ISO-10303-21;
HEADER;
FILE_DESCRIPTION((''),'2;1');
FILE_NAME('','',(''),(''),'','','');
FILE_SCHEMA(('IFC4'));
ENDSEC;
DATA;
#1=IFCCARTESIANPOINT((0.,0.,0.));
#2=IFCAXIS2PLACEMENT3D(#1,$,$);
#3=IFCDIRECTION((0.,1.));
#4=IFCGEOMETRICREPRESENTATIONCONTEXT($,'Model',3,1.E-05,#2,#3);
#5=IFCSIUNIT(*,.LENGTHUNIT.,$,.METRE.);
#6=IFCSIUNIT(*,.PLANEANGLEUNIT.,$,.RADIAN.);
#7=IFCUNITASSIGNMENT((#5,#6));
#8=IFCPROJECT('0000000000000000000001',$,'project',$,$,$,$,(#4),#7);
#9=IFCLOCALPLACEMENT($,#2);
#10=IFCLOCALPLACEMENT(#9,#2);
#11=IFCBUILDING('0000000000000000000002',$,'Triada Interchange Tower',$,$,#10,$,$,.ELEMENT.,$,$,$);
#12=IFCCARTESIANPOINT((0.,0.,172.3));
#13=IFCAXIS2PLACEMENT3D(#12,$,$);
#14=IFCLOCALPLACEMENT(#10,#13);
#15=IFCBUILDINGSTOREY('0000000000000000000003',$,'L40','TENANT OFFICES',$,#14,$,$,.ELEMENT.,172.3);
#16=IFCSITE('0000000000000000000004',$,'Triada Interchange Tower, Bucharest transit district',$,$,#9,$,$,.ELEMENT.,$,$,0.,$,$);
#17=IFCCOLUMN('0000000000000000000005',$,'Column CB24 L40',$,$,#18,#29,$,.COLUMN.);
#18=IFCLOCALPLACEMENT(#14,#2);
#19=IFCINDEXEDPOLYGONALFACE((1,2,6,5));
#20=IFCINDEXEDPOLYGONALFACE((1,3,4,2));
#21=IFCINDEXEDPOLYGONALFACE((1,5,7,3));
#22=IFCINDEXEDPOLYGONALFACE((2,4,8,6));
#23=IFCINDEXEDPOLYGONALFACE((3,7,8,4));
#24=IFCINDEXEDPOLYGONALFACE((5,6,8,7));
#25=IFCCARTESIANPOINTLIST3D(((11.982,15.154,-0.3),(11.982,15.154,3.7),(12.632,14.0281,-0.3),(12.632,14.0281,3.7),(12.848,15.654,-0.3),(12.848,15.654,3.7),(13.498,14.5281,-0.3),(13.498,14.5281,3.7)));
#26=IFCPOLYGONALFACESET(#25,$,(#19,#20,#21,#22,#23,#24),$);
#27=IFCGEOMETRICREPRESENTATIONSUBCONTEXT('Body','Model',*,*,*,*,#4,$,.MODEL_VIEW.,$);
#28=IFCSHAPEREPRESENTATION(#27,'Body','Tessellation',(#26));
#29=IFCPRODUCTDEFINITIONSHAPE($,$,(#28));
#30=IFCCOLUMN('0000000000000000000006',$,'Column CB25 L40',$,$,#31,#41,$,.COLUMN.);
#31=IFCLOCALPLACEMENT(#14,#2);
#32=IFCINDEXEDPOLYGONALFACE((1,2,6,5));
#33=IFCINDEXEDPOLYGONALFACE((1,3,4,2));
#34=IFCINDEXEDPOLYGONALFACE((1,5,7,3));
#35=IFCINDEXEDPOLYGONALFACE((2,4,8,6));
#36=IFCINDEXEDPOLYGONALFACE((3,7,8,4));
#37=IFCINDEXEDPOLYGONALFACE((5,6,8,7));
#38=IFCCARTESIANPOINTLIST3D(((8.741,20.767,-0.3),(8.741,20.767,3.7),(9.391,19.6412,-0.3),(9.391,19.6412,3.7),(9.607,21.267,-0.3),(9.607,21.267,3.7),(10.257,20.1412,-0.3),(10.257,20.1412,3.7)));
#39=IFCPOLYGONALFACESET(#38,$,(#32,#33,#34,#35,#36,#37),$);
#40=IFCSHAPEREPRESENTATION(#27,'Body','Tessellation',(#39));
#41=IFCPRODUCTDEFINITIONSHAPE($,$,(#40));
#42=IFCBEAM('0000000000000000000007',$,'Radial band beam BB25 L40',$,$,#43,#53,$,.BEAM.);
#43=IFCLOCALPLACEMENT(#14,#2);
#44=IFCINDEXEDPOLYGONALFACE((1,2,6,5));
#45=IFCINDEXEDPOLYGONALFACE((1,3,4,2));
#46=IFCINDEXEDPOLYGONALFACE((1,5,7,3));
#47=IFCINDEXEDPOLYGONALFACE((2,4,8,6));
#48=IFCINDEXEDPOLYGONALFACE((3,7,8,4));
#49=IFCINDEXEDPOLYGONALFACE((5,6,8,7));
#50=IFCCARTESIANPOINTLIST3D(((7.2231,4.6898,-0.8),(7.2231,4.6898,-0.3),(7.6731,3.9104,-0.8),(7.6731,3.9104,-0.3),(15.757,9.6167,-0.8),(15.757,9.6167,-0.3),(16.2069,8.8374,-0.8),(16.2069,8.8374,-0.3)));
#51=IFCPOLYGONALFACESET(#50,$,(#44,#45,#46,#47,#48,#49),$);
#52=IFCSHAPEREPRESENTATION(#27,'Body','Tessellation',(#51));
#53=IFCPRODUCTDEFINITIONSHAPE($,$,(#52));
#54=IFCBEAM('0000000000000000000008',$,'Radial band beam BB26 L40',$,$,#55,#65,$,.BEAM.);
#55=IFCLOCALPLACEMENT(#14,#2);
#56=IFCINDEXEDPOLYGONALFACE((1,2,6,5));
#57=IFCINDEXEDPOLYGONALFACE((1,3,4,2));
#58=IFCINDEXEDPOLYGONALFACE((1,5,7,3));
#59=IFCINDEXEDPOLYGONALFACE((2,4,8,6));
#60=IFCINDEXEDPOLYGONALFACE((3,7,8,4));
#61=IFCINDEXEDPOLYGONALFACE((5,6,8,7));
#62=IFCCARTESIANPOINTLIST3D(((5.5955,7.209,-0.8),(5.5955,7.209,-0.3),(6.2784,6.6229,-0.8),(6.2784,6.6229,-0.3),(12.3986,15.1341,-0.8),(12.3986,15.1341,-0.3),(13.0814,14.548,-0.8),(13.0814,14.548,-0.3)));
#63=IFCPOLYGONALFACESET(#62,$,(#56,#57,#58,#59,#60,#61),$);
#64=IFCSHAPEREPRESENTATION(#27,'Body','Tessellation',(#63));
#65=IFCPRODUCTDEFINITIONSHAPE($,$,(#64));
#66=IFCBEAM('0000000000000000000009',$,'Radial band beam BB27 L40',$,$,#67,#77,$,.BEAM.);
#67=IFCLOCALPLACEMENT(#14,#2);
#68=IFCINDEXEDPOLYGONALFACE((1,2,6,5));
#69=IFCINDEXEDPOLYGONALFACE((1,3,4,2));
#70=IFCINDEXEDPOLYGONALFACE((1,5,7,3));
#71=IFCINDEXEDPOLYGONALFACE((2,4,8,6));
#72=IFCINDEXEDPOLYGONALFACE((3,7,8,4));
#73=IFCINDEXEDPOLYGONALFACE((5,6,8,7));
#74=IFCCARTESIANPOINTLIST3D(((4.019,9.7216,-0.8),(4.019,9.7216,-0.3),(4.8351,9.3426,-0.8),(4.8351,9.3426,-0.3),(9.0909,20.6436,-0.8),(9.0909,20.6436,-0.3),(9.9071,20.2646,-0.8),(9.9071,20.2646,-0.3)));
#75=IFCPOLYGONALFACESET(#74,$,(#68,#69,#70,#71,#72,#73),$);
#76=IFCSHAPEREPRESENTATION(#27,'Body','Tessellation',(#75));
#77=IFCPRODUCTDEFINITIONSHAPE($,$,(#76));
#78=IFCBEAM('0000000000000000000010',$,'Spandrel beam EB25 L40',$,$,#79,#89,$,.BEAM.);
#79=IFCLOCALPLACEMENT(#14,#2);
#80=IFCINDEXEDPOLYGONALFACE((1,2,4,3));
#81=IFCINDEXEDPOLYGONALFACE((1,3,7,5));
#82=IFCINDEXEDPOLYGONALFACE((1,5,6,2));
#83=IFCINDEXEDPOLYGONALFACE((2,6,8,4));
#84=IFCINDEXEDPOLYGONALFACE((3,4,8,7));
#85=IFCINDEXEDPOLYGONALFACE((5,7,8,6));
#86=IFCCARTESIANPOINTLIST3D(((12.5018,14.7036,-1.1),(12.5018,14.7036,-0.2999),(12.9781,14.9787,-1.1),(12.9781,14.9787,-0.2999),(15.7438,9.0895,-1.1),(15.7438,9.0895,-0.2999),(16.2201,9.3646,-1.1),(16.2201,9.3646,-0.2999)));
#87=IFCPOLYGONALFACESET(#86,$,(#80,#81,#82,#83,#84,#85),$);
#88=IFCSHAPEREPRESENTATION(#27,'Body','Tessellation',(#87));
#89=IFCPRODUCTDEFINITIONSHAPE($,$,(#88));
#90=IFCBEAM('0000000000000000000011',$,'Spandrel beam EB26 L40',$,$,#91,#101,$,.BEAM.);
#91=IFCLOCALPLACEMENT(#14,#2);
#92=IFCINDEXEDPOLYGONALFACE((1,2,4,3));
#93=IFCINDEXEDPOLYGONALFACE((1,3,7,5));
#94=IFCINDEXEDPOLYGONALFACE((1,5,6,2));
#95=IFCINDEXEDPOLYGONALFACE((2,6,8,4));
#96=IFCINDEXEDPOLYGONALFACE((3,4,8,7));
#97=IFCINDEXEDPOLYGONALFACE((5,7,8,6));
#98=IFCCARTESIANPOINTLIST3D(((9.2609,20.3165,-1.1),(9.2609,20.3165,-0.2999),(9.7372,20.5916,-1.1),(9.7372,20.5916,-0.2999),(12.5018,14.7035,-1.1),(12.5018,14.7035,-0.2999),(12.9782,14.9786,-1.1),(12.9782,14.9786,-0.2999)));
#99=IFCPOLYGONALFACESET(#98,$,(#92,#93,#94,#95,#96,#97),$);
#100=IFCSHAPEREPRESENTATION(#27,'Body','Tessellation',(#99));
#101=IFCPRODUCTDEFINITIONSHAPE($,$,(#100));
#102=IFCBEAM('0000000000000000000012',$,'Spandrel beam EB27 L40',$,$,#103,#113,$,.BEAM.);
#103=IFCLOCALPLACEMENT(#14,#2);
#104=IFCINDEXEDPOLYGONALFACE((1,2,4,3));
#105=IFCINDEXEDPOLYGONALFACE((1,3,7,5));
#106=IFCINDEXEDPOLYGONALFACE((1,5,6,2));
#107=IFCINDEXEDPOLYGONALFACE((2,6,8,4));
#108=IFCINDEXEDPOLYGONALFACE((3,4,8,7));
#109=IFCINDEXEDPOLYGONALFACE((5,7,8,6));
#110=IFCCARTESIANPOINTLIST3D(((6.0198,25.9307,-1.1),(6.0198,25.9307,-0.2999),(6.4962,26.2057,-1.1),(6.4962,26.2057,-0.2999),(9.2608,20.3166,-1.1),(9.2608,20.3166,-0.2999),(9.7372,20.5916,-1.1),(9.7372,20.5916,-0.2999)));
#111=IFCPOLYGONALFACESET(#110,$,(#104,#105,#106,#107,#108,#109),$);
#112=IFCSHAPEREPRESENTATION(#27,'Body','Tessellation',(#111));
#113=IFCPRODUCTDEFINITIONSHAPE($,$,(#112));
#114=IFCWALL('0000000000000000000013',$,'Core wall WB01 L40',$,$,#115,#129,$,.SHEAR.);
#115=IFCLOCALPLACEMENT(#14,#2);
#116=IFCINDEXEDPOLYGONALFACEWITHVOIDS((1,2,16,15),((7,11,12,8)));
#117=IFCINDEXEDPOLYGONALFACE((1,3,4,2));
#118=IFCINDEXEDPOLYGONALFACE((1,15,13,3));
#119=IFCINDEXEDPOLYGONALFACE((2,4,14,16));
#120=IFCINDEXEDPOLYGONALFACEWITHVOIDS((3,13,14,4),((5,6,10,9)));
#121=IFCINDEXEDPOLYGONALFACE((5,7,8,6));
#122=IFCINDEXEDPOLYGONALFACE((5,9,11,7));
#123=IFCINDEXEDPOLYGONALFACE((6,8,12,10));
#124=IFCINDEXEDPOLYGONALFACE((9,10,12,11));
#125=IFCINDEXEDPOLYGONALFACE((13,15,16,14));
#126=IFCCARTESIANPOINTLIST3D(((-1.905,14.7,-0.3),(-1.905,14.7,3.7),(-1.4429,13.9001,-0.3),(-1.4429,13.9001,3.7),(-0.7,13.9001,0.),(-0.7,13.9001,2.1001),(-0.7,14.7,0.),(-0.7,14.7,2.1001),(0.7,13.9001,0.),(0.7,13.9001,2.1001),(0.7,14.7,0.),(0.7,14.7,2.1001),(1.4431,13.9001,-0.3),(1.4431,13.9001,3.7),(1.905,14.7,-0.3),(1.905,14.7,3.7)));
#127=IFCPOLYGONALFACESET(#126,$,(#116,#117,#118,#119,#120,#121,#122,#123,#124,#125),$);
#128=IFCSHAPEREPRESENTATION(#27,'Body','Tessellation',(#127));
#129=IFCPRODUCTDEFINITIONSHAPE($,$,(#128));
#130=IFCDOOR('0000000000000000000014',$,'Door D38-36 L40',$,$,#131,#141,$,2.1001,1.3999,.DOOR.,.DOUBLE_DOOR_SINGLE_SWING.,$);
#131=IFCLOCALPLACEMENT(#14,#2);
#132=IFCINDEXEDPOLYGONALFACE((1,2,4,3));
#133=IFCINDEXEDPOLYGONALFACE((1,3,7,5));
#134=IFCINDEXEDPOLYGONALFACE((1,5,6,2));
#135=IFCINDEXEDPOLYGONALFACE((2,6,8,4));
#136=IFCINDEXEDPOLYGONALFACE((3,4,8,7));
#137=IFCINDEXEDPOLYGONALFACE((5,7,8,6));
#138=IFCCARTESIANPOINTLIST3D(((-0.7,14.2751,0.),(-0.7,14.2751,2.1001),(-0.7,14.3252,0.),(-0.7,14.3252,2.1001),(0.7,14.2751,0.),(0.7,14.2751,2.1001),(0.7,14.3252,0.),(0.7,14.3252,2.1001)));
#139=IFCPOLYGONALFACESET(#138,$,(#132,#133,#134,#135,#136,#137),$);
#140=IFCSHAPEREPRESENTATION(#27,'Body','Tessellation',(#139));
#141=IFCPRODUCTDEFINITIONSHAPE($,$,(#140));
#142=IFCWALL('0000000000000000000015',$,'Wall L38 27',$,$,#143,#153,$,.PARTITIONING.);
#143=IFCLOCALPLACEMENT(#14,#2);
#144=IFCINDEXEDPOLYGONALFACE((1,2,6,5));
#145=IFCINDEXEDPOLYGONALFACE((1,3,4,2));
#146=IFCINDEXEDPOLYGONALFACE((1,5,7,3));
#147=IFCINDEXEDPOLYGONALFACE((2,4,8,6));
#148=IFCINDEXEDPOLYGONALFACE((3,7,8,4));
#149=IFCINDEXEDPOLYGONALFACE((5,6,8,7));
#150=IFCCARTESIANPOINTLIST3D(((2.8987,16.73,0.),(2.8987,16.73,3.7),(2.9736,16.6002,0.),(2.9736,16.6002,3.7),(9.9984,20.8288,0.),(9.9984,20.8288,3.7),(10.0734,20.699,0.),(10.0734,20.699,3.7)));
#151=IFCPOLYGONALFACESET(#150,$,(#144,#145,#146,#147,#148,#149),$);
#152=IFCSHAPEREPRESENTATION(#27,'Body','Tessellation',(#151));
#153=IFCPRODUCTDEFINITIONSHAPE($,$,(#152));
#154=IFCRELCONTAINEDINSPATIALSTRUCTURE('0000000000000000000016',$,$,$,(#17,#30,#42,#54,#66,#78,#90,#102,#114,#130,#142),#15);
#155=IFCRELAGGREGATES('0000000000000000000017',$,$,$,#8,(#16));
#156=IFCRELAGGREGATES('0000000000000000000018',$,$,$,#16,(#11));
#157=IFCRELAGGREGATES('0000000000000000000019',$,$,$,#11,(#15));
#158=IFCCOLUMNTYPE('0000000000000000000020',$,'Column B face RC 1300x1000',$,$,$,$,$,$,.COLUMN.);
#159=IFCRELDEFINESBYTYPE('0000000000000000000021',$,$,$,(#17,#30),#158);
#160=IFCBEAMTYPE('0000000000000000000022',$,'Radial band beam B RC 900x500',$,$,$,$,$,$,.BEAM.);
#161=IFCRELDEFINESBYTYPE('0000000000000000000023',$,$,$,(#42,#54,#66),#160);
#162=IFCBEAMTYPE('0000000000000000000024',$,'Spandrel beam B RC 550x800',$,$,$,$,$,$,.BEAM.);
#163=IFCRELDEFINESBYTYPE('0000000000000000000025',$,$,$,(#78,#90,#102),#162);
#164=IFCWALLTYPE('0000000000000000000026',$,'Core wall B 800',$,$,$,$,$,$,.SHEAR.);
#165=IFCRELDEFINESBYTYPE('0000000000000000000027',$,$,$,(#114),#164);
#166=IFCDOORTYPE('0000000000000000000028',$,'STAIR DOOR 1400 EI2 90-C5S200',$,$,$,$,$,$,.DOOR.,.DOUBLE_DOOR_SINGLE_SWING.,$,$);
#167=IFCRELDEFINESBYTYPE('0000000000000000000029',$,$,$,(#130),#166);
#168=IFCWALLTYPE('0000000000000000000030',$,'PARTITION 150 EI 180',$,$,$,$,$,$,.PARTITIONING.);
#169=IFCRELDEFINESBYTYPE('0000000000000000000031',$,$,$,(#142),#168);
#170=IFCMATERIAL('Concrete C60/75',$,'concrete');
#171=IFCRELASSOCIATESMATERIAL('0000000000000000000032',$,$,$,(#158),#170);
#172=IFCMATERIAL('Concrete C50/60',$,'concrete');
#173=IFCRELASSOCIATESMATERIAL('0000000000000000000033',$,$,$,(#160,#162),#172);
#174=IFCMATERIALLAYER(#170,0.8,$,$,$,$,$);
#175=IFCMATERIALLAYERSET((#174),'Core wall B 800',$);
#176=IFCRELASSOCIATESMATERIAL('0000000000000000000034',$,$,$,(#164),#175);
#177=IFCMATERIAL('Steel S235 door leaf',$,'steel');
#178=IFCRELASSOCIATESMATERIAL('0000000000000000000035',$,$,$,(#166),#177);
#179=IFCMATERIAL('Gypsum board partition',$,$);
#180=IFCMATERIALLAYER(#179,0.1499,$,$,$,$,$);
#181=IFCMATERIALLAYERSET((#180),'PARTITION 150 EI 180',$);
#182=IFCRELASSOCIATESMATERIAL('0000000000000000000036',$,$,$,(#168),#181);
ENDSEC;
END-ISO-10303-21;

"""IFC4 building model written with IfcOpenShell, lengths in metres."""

from ifc_helpers import new_model, si_unit, direction, frame, frame_2d, origin, origin_2d, place, context, subcontext, project, spatial, polyline, rectangle, outline, extrude, material, layer, layer_set, material_profile, profile_set, type_object, element, fill, save


model = new_model("IFC4")

# Units and contexts
model_context = context("Model", 3, precision=1e-05, world=origin(), true_north=direction((0.0, 1.0)))
body_context = subcontext(model_context, "Body", "Model", "MODEL_VIEW")
ifc_project = project(units=[si_unit("LENGTHUNIT", "METRE"), si_unit("PLANEANGLEUNIT", "RADIAN")], contexts=[model_context])

# Site, building, storey
site_placement = place(None, origin())
site = spatial("IfcSite", under=ifc_project, at=site_placement, Name="Triada Interchange Tower, Bucharest transit district", CompositionType="ELEMENT", RefElevation=0.0)
building_placement = place(site_placement, origin())
building = spatial("IfcBuilding", under=site, at=building_placement, Name="Triada Interchange Tower", CompositionType="ELEMENT")
storey_placement = place(building_placement, frame((0.0, 0.0, 172.3)))
storey = spatial("IfcBuildingStorey", under=building, at=storey_placement, Name="L40", Description="TENANT OFFICES", CompositionType="ELEMENT", Elevation=172.3)

# Columns
ifc_material_1 = material(Name="Concrete C60/75", Category="concrete")
ifc_material_profile_1 = material_profile(ifc_material_1, rectangle(XDim=1.3, YDim=1.0, at=origin_2d()), Name="RC 1300x1000")
ifc_profile_set_1 = profile_set([ifc_material_profile_1], Name="Concrete C60/75")
column_type = type_object("IfcColumnType", Name="Column B face RC 1300x1000", PredefinedType="COLUMN", material=ifc_profile_set_1)
for number, where, z_axis, x_axis, name in (
    (1, (12.74, 14.8411, -0.3), (0.0, 0.0, 1.0), (-0.5, 0.866025, 0.0), "Column CB24 L40"),
    (2, (9.499, 20.4541, -0.3), (0.0, 0.0, 1.0), (-0.5, 0.866025, 0.0), "Column CB25 L40"),
):
    element("IfcColumn", number, at=place(storey_placement, frame(where, z_axis=z_axis, x_axis=x_axis)), inside=storey, type_object=column_type, Name=name, PredefinedType="COLUMN", context=body_context, shape_type="SweptSolid", body=[
        extrude(rectangle(XDim=1.3, YDim=1.0, at=origin_2d()), origin(), (0.0, 0.0, 1.0), 4.0),
    ])

# Beams
ifc_material_2 = material(Name="Concrete C50/60", Category="concrete")
ifc_material_profile_2 = material_profile(ifc_material_2, rectangle(XDim=0.8999, YDim=0.5, at=origin_2d()), Name="RC 900x500")
ifc_profile_set_2 = profile_set([ifc_material_profile_2], Name="Concrete C50/60")
beam_type_1 = type_object("IfcBeamType", Name="Radial band beam B RC 900x500", PredefinedType="BEAM", material=ifc_profile_set_2)
beam_1_placement = place(storey_placement, frame((15.9819, 9.2271, -0.55), z_axis=(-0.866028, -0.499995, 0.0), x_axis=(0.499995, -0.866028, 0.0)))
element("IfcBeam", 3, at=beam_1_placement, inside=storey, type_object=beam_type_1, Name="Radial band beam BB25 L40", PredefinedType="BEAM", context=body_context, shape_type="SweptSolid", body=[
    extrude(rectangle(XDim=0.8999, YDim=0.5, at=origin_2d()), origin(), (0.0, 0.0, 1.0), 9.854),
])
beam_2_placement = place(storey_placement, frame((12.74, 14.8411, -0.55), z_axis=(-0.651348, -0.75878, 0.0), x_axis=(0.75878, -0.651348, 0.0)))
element("IfcBeam", 4, at=beam_2_placement, inside=storey, type_object=beam_type_1, Name="Radial band beam BB26 L40", PredefinedType="BEAM", context=body_context, shape_type="SweptSolid", body=[
    extrude(rectangle(XDim=0.8999, YDim=0.5, at=origin_2d()), origin(), (0.0, 0.0, 1.0), 10.4446),
])
beam_3_placement = place(storey_placement, frame((9.499, 20.4541, -0.55), z_axis=(-0.421182, -0.906976, 0.0), x_axis=(0.906976, -0.421182, 0.0)))
element("IfcBeam", 5, at=beam_3_placement, inside=storey, type_object=beam_type_1, Name="Radial band beam BB27 L40", PredefinedType="BEAM", context=body_context, shape_type="SweptSolid", body=[
    extrude(rectangle(XDim=0.8999, YDim=0.5, at=origin_2d()), origin(), (0.0, 0.0, 1.0), 12.0422),
])
ifc_material_profile_3 = material_profile(ifc_material_2, rectangle(XDim=0.55, YDim=0.8, at=origin_2d()), Name="RC 550x800")
ifc_profile_set_3 = profile_set([ifc_material_profile_3], Name="Concrete C50/60")
beam_type_2 = type_object("IfcBeamType", Name="Spandrel beam B RC 550x800", PredefinedType="BEAM", material=ifc_profile_set_3)
beam_4_placement = place(storey_placement, frame((15.9819, 9.2271, -0.7), z_axis=(-0.50008, 0.865979, 0.0), x_axis=(-0.865979, -0.50008, 0.0)))
element("IfcBeam", 6, at=beam_4_placement, inside=storey, type_object=beam_type_2, Name="Spandrel beam EB25 L40", PredefinedType="BEAM", context=body_context, shape_type="SweptSolid", body=[
    extrude(rectangle(XDim=0.55, YDim=0.8, at=origin_2d()), origin(), (0.0, 0.0, 1.0), 6.4829),
])
beam_5_placement = place(storey_placement, frame((12.74, 14.8411, -0.7), z_axis=(-0.500032, 0.866007, 0.0), x_axis=(-0.866007, -0.500032, 0.0)))
element("IfcBeam", 7, at=beam_5_placement, inside=storey, type_object=beam_type_2, Name="Spandrel beam EB26 L40", PredefinedType="BEAM", context=body_context, shape_type="SweptSolid", body=[
    extrude(rectangle(XDim=0.55, YDim=0.8, at=origin_2d()), origin(), (0.0, 0.0, 1.0), 6.4814),
])
beam_6_placement = place(storey_placement, frame((9.499, 20.4541, -0.7), z_axis=(-0.499967, 0.866044, 0.0), x_axis=(-0.866044, -0.499967, 0.0)))
element("IfcBeam", 8, at=beam_6_placement, inside=storey, type_object=beam_type_2, Name="Spandrel beam EB27 L40", PredefinedType="BEAM", context=body_context, shape_type="SweptSolid", body=[
    extrude(rectangle(XDim=0.55, YDim=0.8, at=origin_2d()), origin(), (0.0, 0.0, 1.0), 6.4824),
])

# Wall, opening, door
ifc_layer_1 = layer(ifc_material_1, 0.8)
ifc_layer_set_1 = layer_set([ifc_layer_1], Name="Core wall B 800")
wall_type_1 = type_object("IfcWallType", Name="Core wall B 800", PredefinedType="SHEAR", material=ifc_layer_set_1)
wall_1_placement = place(storey_placement, frame((1.6741, 14.3, -0.3), z_axis=(0.0, 0.0, 1.0), x_axis=(-1.0, 0.0, 0.0)))
wall_1 = element("IfcWall", 9, at=wall_1_placement, inside=storey, type_object=wall_type_1, Name="Core wall WB01 L40", PredefinedType="SHEAR", context=body_context, shape_type="SweptSolid", body=[
    extrude(outline(polyline([(-0.231, -0.3999), (1.6741, -0.3999), (3.5791, -0.3999), (3.1169, 0.3999), (1.6738, 0.3999), (0.231, 0.3999), (-0.231, -0.3999)])), origin(), (0.0, 0.0, 1.0), 4.0),
])
opening_1_placement = place(wall_1_placement, frame((0.9741, 0.0, 0.3)))
opening_1 = element("IfcOpeningElement", 10, at=opening_1_placement, cuts=wall_1, PredefinedType="OPENING", context=body_context, shape_type="SweptSolid", body=[
    extrude(rectangle(XDim=1.3999, YDim=2.1001, at=frame_2d((0.7, 1.05))), frame((0.0, 0.4099, 0.0), z_axis=(0.0, -1.0, 0.0), x_axis=(1.0, 0.0, 0.0)), (0.0, 0.0, 1.0), 0.8201),
])
ifc_material_3 = material(Name="Steel S235 door leaf", Category="steel")
door_type_1 = type_object("IfcDoorType", Name="STAIR DOOR 1400 EI2 90-C5S200", OperationType="DOUBLE_DOOR_SINGLE_SWING", PredefinedType="DOOR", material=ifc_material_3)
door_1_placement = place(opening_1_placement, origin())
door_1 = element("IfcDoor", 11, at=door_1_placement, inside=storey, type_object=door_type_1, Name="Door D38-36 L40", OperationType="DOUBLE_DOOR_SINGLE_SWING", OverallHeight=2.1001, OverallWidth=1.3999, PredefinedType="DOOR", context=body_context, shape_type="SweptSolid", body=[
    extrude(rectangle(XDim=1.3999, YDim=2.1001, at=frame_2d((0.7, 1.05))), frame((0.0, 0.0249, 0.0), z_axis=(0.0, -1.0, 0.0), x_axis=(1.0, 0.0, 0.0)), (0.0, 0.0, 1.0), 0.05),
])
fill(opening_1, door_1)

# Wall
ifc_material_4 = material(Name="Gypsum board partition")
ifc_layer_2 = layer(ifc_material_4, 0.1499)
ifc_layer_set_2 = layer_set([ifc_layer_2], Name="PARTITION 150 EI 180")
wall_type_2 = type_object("IfcWallType", Name="PARTITION 150 EI 180", PredefinedType="PARTITIONING", material=ifc_layer_set_2)
wall_2_placement = place(storey_placement, frame((2.936, 16.665, 0.0), z_axis=(0.0, 0.0, 1.0), x_axis=(0.866037, 0.499979, 0.0)))
element("IfcWall", 12, at=wall_2_placement, inside=storey, type_object=wall_type_2, Name="Wall L38 27", PredefinedType="PARTITIONING", context=body_context, shape_type="SweptSolid", body=[
    extrude(rectangle(XDim=8.198, YDim=0.1499, at=frame_2d((4.0991, 0.0))), origin(), (0.0, 0.0, 1.0), 3.7),
])

save(model, "model.ifc")
